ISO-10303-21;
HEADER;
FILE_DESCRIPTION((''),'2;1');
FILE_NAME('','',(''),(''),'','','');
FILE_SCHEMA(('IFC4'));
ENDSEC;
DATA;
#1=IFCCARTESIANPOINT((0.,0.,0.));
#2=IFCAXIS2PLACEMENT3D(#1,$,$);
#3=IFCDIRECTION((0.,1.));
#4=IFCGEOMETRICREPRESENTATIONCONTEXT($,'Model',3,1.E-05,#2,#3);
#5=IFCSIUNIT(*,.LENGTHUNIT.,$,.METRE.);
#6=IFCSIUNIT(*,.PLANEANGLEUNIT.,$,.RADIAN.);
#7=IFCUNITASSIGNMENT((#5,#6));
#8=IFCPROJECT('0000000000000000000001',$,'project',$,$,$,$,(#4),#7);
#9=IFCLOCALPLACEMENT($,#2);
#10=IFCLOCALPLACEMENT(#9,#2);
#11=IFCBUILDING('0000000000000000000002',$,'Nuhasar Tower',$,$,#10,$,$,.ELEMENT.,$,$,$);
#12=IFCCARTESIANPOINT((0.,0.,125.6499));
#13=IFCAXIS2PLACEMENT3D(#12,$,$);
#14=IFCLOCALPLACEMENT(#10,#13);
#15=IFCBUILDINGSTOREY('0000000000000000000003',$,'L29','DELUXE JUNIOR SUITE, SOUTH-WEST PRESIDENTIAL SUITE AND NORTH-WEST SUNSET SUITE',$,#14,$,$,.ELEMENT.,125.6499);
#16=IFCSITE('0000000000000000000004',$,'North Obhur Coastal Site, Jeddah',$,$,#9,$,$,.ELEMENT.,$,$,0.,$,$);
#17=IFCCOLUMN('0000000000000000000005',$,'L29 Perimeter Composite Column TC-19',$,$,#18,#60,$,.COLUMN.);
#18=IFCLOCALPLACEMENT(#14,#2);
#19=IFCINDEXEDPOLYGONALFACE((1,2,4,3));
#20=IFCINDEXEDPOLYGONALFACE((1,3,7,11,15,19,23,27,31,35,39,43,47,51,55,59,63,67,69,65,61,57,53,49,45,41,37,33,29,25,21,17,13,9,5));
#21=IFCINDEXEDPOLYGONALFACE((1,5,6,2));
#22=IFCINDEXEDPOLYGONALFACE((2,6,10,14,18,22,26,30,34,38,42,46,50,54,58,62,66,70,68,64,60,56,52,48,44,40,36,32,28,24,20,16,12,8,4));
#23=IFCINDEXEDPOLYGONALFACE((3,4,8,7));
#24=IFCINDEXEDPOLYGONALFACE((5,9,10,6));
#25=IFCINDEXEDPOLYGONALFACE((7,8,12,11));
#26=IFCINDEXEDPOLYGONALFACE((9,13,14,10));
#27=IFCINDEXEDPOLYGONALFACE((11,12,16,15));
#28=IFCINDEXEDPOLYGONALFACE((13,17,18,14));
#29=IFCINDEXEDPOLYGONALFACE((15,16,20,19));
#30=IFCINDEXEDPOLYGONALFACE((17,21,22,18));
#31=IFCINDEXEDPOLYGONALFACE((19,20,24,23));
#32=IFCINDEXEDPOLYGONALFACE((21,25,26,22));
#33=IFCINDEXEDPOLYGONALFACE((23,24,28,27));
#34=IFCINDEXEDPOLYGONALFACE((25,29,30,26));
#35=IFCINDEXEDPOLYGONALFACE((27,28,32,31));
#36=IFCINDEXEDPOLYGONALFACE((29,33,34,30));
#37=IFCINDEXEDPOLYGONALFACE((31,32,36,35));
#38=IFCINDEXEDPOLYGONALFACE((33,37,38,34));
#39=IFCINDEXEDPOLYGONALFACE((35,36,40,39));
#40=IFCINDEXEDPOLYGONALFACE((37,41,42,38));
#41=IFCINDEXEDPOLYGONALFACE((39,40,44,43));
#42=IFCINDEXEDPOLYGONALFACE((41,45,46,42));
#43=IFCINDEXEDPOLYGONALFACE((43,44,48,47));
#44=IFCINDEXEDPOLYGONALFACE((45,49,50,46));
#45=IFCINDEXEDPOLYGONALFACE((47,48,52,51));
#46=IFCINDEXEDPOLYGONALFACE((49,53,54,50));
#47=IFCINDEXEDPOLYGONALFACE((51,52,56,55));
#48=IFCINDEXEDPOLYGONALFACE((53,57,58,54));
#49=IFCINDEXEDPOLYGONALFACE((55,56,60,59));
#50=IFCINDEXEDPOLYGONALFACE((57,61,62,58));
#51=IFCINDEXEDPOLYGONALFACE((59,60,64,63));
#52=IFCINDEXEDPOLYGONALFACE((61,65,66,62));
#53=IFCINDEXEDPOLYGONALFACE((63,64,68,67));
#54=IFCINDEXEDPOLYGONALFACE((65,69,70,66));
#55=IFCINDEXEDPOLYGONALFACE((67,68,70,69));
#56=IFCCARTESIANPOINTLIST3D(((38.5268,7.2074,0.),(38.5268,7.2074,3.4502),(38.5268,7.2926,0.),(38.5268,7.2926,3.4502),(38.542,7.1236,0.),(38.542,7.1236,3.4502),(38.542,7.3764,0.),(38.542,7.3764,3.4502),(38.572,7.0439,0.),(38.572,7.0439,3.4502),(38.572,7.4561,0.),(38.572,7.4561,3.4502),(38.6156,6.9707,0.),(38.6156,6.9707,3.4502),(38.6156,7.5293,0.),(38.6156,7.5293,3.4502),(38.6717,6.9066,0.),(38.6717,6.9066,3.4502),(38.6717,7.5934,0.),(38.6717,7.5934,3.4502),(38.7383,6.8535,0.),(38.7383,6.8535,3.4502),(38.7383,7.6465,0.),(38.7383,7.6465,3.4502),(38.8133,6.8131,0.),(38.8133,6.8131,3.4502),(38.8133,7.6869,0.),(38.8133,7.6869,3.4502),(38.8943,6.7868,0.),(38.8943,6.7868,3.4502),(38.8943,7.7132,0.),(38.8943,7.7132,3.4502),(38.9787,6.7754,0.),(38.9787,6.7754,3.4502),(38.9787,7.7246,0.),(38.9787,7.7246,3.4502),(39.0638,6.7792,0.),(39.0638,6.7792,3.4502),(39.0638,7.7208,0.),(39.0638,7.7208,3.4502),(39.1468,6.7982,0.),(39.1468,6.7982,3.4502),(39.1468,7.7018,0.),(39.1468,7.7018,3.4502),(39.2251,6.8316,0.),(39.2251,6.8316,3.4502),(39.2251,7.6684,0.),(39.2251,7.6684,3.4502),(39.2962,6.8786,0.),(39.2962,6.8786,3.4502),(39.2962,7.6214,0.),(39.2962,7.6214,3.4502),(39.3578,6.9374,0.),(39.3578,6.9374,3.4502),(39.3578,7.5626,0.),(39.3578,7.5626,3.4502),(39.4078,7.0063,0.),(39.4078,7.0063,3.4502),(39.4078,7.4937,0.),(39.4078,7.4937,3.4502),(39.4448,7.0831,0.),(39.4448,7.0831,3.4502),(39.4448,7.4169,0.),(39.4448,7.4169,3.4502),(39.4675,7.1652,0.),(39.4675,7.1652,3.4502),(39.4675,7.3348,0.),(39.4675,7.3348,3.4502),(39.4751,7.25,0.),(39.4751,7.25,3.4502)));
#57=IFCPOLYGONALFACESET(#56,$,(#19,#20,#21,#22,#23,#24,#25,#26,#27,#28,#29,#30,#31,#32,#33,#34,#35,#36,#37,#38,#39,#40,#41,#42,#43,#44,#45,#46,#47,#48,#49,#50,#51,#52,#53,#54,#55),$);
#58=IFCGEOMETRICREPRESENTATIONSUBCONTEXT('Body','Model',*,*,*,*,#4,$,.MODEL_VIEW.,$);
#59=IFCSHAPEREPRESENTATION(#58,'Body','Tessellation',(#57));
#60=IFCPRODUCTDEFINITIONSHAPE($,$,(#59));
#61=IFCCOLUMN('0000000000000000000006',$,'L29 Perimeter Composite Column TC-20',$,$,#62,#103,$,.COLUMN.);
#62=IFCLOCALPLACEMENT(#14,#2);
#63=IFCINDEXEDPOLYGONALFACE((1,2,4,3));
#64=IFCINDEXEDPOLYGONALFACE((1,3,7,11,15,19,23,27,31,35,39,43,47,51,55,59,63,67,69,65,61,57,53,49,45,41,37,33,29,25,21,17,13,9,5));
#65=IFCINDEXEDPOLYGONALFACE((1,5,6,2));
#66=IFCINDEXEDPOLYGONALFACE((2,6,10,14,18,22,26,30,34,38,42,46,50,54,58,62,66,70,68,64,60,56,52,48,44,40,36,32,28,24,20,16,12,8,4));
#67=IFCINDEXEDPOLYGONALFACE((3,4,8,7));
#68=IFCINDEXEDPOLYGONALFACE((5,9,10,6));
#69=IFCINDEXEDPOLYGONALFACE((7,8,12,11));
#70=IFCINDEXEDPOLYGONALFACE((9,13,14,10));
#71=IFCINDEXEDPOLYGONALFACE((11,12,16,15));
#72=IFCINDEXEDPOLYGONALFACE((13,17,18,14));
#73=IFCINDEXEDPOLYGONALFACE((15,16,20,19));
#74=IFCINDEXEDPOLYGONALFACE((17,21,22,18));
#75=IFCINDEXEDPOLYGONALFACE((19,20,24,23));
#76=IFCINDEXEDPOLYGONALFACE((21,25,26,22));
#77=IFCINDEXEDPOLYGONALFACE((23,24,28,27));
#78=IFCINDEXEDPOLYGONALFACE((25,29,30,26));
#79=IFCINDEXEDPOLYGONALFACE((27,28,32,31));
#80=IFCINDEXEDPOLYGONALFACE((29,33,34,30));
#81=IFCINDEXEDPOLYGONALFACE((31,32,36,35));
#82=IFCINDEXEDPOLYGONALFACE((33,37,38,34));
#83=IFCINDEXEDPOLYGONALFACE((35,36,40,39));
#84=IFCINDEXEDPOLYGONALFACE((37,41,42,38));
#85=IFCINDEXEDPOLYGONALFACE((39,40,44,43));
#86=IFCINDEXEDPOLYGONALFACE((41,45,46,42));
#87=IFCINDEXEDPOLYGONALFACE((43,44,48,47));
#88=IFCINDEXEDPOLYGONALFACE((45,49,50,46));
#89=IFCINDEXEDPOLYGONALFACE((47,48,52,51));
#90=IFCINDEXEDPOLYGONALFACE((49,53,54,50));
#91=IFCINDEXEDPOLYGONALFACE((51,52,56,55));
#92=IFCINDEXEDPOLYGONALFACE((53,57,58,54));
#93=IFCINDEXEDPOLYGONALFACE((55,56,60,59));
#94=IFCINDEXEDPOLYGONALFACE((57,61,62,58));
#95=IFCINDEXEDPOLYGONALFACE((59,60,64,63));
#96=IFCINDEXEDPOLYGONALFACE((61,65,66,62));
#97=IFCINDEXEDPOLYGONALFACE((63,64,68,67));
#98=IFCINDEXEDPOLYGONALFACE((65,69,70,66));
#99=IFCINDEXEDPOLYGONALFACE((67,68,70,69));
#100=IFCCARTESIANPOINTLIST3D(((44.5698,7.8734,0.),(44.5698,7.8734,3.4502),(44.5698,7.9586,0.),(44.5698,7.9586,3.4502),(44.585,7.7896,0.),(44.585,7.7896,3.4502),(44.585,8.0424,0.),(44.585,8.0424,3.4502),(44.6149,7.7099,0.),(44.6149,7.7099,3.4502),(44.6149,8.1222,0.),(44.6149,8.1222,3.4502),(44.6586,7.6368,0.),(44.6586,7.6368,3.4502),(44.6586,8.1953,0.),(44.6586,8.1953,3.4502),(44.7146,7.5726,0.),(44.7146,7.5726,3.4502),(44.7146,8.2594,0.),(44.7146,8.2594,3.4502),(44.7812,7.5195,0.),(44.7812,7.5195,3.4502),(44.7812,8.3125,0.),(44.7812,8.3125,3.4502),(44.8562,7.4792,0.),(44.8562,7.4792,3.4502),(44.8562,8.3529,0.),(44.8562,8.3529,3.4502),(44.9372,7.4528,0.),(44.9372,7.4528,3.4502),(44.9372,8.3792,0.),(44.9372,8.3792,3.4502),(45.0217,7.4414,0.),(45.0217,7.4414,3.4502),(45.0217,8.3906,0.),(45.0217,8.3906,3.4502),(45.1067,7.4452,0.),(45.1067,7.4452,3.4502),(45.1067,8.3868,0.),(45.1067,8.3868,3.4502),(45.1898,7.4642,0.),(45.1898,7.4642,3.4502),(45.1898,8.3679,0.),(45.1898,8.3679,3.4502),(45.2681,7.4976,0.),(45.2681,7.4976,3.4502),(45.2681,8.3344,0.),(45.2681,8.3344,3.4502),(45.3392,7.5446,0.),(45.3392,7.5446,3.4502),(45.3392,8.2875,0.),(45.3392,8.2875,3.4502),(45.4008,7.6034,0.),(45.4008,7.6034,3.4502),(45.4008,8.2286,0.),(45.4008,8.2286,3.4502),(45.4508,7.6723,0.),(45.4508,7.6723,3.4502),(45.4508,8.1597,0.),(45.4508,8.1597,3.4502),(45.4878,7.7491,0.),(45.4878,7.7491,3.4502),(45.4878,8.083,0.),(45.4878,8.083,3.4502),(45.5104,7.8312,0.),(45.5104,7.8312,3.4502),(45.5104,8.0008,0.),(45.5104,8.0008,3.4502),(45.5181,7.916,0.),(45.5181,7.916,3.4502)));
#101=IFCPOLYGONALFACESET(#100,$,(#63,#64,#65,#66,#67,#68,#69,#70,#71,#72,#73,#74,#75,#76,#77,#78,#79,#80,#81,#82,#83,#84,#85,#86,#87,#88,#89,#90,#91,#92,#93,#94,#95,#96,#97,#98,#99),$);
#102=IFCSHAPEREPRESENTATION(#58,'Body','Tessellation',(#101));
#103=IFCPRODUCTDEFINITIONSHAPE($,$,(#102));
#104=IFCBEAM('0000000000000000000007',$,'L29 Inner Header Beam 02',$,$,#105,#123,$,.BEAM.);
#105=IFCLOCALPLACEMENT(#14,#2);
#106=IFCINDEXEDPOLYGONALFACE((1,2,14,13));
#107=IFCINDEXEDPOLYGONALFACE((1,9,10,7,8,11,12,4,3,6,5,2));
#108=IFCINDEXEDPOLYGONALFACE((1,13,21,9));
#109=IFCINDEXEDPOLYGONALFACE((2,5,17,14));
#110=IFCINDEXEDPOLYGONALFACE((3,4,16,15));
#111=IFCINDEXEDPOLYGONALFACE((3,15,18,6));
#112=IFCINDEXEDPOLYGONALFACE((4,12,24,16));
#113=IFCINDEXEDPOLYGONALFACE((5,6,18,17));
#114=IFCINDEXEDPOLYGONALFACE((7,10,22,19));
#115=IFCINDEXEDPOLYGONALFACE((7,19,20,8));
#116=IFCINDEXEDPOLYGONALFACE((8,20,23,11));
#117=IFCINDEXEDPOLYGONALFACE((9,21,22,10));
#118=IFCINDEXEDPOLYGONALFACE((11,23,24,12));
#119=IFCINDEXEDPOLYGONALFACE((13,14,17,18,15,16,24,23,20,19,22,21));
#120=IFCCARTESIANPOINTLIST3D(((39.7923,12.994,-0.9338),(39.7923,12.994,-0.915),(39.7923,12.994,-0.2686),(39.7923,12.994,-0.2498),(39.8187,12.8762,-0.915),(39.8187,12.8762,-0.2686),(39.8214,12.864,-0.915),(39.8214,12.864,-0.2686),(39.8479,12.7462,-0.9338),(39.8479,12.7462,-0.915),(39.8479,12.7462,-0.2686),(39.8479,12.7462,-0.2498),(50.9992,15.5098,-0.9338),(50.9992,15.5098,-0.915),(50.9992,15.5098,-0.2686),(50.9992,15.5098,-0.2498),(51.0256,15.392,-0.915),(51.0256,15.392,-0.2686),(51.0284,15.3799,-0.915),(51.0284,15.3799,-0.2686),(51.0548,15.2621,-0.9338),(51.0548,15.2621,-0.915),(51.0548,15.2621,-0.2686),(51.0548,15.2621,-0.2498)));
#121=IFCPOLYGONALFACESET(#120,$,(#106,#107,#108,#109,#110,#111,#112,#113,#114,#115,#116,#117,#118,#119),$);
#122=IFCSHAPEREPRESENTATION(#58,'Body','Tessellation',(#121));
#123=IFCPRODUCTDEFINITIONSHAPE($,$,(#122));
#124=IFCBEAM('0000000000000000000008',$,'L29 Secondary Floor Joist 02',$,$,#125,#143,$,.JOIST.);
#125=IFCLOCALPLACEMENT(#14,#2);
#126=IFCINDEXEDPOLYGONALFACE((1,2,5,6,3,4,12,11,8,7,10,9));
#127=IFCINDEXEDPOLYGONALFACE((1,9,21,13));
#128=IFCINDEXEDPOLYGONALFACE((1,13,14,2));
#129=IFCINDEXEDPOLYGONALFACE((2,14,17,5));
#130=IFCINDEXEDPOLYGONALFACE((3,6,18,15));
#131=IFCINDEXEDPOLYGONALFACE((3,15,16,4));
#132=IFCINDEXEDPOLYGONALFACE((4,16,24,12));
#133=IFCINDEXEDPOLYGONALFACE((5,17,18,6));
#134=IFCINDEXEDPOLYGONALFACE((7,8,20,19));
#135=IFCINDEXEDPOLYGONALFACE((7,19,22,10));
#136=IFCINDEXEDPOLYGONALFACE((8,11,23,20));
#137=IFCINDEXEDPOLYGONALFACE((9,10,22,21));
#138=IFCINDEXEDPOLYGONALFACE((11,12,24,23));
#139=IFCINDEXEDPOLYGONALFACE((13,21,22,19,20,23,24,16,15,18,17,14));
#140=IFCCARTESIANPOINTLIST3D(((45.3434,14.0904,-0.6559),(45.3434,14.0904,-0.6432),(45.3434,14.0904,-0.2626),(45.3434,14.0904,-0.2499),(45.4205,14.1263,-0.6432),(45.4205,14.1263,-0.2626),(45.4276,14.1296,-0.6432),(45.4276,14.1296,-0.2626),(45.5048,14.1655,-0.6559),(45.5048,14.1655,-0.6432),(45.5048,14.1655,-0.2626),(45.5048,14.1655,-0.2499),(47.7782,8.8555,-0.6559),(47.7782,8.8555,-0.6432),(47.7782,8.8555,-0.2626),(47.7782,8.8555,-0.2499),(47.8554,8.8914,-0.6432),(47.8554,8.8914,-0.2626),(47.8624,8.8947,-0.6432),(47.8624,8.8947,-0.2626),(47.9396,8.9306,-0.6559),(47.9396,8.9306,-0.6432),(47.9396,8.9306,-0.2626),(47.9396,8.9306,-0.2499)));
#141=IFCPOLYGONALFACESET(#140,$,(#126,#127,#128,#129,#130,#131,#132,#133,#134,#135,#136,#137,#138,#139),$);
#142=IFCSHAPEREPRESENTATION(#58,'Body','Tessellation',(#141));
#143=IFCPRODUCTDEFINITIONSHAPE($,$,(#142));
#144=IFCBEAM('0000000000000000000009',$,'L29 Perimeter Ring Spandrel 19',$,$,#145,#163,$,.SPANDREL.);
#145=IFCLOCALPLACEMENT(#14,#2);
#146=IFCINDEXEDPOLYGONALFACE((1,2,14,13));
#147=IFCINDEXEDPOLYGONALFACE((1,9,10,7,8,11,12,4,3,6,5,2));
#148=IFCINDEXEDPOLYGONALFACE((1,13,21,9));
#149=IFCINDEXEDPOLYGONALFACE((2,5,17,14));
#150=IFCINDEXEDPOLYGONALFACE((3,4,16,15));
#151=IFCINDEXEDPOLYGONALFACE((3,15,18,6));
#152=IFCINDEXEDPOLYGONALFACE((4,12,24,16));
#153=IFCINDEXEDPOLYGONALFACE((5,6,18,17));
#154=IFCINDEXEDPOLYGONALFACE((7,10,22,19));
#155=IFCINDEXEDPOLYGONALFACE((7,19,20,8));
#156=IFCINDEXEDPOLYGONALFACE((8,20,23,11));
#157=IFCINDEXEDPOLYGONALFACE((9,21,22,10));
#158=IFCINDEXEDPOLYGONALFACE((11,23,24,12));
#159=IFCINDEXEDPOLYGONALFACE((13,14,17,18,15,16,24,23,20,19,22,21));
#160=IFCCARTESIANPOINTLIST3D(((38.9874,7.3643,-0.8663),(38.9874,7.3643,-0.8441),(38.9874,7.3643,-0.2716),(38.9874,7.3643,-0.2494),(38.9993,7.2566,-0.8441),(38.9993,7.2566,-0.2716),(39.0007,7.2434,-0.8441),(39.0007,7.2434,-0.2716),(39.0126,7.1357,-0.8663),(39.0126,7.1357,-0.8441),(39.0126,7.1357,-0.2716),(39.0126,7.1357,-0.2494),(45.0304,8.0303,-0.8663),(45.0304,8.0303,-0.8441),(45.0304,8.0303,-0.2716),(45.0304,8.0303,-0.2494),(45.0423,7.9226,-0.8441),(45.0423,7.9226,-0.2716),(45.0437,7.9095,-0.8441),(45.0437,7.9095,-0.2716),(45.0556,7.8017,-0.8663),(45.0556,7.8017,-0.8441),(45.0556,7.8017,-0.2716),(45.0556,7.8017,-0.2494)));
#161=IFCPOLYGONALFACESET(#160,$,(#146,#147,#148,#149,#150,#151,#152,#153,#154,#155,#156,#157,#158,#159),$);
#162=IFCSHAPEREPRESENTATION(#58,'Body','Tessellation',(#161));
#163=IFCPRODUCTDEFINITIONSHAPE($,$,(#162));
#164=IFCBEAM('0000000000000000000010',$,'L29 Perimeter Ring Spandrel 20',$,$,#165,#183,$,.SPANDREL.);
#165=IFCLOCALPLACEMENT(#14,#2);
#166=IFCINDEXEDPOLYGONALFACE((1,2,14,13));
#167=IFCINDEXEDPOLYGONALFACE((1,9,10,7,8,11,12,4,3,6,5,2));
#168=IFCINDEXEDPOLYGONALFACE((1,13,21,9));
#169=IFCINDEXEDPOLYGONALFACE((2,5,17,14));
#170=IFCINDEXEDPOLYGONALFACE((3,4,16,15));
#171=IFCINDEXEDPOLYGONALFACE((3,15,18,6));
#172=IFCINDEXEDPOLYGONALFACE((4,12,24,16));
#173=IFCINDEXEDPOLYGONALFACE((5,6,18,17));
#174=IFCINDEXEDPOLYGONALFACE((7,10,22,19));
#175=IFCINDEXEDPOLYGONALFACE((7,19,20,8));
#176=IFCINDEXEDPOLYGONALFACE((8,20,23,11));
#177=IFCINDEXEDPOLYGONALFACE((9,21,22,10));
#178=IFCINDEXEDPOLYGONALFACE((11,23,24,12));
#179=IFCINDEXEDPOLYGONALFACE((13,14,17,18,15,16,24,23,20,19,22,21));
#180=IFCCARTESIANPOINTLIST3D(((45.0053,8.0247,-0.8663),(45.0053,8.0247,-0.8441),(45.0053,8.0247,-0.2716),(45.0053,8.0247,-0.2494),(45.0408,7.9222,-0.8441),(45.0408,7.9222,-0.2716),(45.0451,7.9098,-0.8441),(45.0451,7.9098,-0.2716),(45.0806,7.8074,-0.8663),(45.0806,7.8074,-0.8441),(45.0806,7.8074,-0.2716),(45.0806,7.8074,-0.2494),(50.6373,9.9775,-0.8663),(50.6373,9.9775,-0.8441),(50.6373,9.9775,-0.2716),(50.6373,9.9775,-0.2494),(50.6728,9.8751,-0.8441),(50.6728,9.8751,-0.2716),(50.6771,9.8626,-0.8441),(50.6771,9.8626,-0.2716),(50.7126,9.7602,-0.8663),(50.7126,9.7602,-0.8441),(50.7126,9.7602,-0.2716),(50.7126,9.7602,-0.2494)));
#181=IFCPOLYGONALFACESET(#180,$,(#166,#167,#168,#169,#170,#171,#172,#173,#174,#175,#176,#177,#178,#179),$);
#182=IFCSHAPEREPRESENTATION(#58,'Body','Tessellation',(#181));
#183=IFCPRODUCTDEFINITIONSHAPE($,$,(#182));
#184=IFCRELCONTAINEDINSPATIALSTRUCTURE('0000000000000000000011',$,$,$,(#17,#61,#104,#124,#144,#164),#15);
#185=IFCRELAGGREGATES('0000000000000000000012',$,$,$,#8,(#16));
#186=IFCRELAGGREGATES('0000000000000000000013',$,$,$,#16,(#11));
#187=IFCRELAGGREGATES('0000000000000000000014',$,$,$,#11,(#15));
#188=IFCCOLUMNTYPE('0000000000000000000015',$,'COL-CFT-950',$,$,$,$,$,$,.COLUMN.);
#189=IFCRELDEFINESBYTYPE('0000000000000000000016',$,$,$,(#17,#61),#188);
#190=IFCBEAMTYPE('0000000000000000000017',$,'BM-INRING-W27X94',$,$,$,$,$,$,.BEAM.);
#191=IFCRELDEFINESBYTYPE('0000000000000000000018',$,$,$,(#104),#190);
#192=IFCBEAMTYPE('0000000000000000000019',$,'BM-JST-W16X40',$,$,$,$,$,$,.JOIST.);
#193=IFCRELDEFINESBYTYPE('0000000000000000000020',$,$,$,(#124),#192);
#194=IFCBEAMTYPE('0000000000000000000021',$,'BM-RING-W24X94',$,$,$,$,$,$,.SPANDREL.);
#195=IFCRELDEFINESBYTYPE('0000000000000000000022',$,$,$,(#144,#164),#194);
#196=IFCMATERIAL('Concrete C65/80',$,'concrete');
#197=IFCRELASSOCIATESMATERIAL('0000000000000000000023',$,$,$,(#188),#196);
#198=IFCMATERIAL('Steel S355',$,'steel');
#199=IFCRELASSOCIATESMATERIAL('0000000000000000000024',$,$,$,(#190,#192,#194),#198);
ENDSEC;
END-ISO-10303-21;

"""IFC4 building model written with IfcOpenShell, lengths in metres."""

from ifc_helpers import new_model, si_unit, direction, frame, origin, origin_2d, place, context, subcontext, project, spatial, circle, i_section, extrude, material, material_profile, profile_set, type_object, element, save


model = new_model("IFC4")

# Units and contexts
model_context = context("Model", 3, precision=1e-05, world=origin(), true_north=direction((0.0, 1.0)))
body_context = subcontext(model_context, "Body", "Model", "MODEL_VIEW")
ifc_project = project(units=[si_unit("LENGTHUNIT", "METRE"), si_unit("PLANEANGLEUNIT", "RADIAN")], contexts=[model_context])

# Site, building, storey
site_placement = place(None, origin())
site = spatial("IfcSite", under=ifc_project, at=site_placement, Name="North Obhur Coastal Site, Jeddah", CompositionType="ELEMENT", RefElevation=0.0)
building_placement = place(site_placement, origin())
building = spatial("IfcBuilding", under=site, at=building_placement, Name="Nuhasar Tower", CompositionType="ELEMENT")
storey_placement = place(building_placement, frame((0.0, 0.0, 125.6499)))
storey = spatial("IfcBuildingStorey", under=building, at=storey_placement, Name="L29", Description="DELUXE JUNIOR SUITE, SOUTH-WEST PRESIDENTIAL SUITE AND NORTH-WEST SUNSET SUITE", CompositionType="ELEMENT", Elevation=125.6499)

# Columns
ifc_material_1 = material(Name="Concrete C65/80", Category="concrete")
ifc_material_profile_1 = material_profile(ifc_material_1, circle(Radius=0.4751, at=origin_2d()), Name="CFT950")
ifc_profile_set_1 = profile_set([ifc_material_profile_1], Name="Concrete C65/80")
column_type = type_object("IfcColumnType", Name="COL-CFT-950", PredefinedType="COLUMN", material=ifc_profile_set_1)
for number, where, z_axis, x_axis, name in (
    (1, (39.0, 7.25, 0.0), (0.0, 0.0, 1.0), (1.0, 0.0, 0.0), "L29 Perimeter Composite Column TC-19"),
    (2, (45.043, 7.916, 0.0), (0.0, 0.0, 1.0), (1.0, 0.0, 0.0), "L29 Perimeter Composite Column TC-20"),
):
    element("IfcColumn", number, at=place(storey_placement, frame(where, z_axis=z_axis, x_axis=x_axis)), inside=storey, type_object=column_type, Name=name, PredefinedType="COLUMN", context=body_context, shape_type="SweptSolid", body=[
        extrude(circle(Radius=0.4751, at=origin_2d()), origin(), (0.0, 0.0, 1.0), 3.4502),
    ])

# Beams
ifc_material_2 = material(Name="Steel S355", Category="steel")
ifc_material_profile_2 = material_profile(ifc_material_2, i_section(OverallWidth=0.2539, OverallDepth=0.6841, WebThickness=0.0125, FlangeThickness=0.0188, at=origin_2d()), Name="W27X94")
ifc_profile_set_2 = profile_set([ifc_material_profile_2], Name="Steel S355")
beam_type_1 = type_object("IfcBeamType", Name="BM-INRING-W27X94", PredefinedType="BEAM", material=ifc_profile_set_2)
beam_1_placement = place(storey_placement, frame((39.8201, 12.8701, -0.5918), z_axis=(0.975716, 0.219039, 0.0), x_axis=(-0.219039, 0.975716, 0.0)))
element("IfcBeam", 3, at=beam_1_placement, inside=storey, type_object=beam_type_1, Name="L29 Inner Header Beam 02", PredefinedType="BEAM", context=body_context, shape_type="SweptSolid", body=[
    extrude(i_section(OverallWidth=0.2539, OverallDepth=0.6841, WebThickness=0.0125, FlangeThickness=0.0188, at=origin_2d()), origin(), (0.0, 0.0, 1.0), 11.4858),
])
ifc_material_profile_3 = material_profile(ifc_material_2, i_section(OverallWidth=0.178, OverallDepth=0.406, WebThickness=0.0078, FlangeThickness=0.0127, at=origin_2d()), Name="W16X40")
ifc_profile_set_3 = profile_set([ifc_material_profile_3], Name="Steel S355")
beam_type_2 = type_object("IfcBeamType", Name="BM-JST-W16X40", PredefinedType="JOIST", material=ifc_profile_set_3)
beam_2_placement = place(storey_placement, frame((45.4241, 14.1279, -0.4529), z_axis=(0.42173, -0.906721, 0.0), x_axis=(0.906721, 0.42173, 0.0)))
element("IfcBeam", 4, at=beam_2_placement, inside=storey, type_object=beam_type_2, Name="L29 Secondary Floor Joist 02", PredefinedType="JOIST", context=body_context, shape_type="SweptSolid", body=[
    extrude(i_section(OverallWidth=0.178, OverallDepth=0.406, WebThickness=0.0078, FlangeThickness=0.0127, at=origin_2d()), origin(), (0.0, 0.0, 1.0), 5.7734),
])
ifc_material_profile_4 = material_profile(ifc_material_2, i_section(OverallWidth=0.23, OverallDepth=0.6169, WebThickness=0.0132, FlangeThickness=0.0222, at=origin_2d()), Name="W24X94")
ifc_profile_set_4 = profile_set([ifc_material_profile_4], Name="Steel S355")
beam_type_3 = type_object("IfcBeamType", Name="BM-RING-W24X94", PredefinedType="SPANDREL", material=ifc_profile_set_4)
beam_3_placement = place(storey_placement, frame((39.0, 7.25, -0.5579), z_axis=(0.993981, 0.10955, 0.0), x_axis=(-0.10955, 0.993981, 0.0)))
element("IfcBeam", 5, at=beam_3_placement, inside=storey, type_object=beam_type_3, Name="L29 Perimeter Ring Spandrel 19", PredefinedType="SPANDREL", context=body_context, shape_type="SweptSolid", body=[
    extrude(i_section(OverallWidth=0.23, OverallDepth=0.6169, WebThickness=0.0132, FlangeThickness=0.0222, at=origin_2d()), origin(), (0.0, 0.0, 1.0), 6.0796),
])
beam_4_placement = place(storey_placement, frame((45.043, 7.916, -0.5579), z_axis=(0.944814, 0.327607, 0.0), x_axis=(-0.327607, 0.944814, 0.0)))
element("IfcBeam", 6, at=beam_4_placement, inside=storey, type_object=beam_type_3, Name="L29 Perimeter Ring Spandrel 20", PredefinedType="SPANDREL", context=body_context, shape_type="SweptSolid", body=[
    extrude(i_section(OverallWidth=0.23, OverallDepth=0.6169, WebThickness=0.0132, FlangeThickness=0.0222, at=origin_2d()), origin(), (0.0, 0.0, 1.0), 5.9609),
])

save(model, "model.ifc")
